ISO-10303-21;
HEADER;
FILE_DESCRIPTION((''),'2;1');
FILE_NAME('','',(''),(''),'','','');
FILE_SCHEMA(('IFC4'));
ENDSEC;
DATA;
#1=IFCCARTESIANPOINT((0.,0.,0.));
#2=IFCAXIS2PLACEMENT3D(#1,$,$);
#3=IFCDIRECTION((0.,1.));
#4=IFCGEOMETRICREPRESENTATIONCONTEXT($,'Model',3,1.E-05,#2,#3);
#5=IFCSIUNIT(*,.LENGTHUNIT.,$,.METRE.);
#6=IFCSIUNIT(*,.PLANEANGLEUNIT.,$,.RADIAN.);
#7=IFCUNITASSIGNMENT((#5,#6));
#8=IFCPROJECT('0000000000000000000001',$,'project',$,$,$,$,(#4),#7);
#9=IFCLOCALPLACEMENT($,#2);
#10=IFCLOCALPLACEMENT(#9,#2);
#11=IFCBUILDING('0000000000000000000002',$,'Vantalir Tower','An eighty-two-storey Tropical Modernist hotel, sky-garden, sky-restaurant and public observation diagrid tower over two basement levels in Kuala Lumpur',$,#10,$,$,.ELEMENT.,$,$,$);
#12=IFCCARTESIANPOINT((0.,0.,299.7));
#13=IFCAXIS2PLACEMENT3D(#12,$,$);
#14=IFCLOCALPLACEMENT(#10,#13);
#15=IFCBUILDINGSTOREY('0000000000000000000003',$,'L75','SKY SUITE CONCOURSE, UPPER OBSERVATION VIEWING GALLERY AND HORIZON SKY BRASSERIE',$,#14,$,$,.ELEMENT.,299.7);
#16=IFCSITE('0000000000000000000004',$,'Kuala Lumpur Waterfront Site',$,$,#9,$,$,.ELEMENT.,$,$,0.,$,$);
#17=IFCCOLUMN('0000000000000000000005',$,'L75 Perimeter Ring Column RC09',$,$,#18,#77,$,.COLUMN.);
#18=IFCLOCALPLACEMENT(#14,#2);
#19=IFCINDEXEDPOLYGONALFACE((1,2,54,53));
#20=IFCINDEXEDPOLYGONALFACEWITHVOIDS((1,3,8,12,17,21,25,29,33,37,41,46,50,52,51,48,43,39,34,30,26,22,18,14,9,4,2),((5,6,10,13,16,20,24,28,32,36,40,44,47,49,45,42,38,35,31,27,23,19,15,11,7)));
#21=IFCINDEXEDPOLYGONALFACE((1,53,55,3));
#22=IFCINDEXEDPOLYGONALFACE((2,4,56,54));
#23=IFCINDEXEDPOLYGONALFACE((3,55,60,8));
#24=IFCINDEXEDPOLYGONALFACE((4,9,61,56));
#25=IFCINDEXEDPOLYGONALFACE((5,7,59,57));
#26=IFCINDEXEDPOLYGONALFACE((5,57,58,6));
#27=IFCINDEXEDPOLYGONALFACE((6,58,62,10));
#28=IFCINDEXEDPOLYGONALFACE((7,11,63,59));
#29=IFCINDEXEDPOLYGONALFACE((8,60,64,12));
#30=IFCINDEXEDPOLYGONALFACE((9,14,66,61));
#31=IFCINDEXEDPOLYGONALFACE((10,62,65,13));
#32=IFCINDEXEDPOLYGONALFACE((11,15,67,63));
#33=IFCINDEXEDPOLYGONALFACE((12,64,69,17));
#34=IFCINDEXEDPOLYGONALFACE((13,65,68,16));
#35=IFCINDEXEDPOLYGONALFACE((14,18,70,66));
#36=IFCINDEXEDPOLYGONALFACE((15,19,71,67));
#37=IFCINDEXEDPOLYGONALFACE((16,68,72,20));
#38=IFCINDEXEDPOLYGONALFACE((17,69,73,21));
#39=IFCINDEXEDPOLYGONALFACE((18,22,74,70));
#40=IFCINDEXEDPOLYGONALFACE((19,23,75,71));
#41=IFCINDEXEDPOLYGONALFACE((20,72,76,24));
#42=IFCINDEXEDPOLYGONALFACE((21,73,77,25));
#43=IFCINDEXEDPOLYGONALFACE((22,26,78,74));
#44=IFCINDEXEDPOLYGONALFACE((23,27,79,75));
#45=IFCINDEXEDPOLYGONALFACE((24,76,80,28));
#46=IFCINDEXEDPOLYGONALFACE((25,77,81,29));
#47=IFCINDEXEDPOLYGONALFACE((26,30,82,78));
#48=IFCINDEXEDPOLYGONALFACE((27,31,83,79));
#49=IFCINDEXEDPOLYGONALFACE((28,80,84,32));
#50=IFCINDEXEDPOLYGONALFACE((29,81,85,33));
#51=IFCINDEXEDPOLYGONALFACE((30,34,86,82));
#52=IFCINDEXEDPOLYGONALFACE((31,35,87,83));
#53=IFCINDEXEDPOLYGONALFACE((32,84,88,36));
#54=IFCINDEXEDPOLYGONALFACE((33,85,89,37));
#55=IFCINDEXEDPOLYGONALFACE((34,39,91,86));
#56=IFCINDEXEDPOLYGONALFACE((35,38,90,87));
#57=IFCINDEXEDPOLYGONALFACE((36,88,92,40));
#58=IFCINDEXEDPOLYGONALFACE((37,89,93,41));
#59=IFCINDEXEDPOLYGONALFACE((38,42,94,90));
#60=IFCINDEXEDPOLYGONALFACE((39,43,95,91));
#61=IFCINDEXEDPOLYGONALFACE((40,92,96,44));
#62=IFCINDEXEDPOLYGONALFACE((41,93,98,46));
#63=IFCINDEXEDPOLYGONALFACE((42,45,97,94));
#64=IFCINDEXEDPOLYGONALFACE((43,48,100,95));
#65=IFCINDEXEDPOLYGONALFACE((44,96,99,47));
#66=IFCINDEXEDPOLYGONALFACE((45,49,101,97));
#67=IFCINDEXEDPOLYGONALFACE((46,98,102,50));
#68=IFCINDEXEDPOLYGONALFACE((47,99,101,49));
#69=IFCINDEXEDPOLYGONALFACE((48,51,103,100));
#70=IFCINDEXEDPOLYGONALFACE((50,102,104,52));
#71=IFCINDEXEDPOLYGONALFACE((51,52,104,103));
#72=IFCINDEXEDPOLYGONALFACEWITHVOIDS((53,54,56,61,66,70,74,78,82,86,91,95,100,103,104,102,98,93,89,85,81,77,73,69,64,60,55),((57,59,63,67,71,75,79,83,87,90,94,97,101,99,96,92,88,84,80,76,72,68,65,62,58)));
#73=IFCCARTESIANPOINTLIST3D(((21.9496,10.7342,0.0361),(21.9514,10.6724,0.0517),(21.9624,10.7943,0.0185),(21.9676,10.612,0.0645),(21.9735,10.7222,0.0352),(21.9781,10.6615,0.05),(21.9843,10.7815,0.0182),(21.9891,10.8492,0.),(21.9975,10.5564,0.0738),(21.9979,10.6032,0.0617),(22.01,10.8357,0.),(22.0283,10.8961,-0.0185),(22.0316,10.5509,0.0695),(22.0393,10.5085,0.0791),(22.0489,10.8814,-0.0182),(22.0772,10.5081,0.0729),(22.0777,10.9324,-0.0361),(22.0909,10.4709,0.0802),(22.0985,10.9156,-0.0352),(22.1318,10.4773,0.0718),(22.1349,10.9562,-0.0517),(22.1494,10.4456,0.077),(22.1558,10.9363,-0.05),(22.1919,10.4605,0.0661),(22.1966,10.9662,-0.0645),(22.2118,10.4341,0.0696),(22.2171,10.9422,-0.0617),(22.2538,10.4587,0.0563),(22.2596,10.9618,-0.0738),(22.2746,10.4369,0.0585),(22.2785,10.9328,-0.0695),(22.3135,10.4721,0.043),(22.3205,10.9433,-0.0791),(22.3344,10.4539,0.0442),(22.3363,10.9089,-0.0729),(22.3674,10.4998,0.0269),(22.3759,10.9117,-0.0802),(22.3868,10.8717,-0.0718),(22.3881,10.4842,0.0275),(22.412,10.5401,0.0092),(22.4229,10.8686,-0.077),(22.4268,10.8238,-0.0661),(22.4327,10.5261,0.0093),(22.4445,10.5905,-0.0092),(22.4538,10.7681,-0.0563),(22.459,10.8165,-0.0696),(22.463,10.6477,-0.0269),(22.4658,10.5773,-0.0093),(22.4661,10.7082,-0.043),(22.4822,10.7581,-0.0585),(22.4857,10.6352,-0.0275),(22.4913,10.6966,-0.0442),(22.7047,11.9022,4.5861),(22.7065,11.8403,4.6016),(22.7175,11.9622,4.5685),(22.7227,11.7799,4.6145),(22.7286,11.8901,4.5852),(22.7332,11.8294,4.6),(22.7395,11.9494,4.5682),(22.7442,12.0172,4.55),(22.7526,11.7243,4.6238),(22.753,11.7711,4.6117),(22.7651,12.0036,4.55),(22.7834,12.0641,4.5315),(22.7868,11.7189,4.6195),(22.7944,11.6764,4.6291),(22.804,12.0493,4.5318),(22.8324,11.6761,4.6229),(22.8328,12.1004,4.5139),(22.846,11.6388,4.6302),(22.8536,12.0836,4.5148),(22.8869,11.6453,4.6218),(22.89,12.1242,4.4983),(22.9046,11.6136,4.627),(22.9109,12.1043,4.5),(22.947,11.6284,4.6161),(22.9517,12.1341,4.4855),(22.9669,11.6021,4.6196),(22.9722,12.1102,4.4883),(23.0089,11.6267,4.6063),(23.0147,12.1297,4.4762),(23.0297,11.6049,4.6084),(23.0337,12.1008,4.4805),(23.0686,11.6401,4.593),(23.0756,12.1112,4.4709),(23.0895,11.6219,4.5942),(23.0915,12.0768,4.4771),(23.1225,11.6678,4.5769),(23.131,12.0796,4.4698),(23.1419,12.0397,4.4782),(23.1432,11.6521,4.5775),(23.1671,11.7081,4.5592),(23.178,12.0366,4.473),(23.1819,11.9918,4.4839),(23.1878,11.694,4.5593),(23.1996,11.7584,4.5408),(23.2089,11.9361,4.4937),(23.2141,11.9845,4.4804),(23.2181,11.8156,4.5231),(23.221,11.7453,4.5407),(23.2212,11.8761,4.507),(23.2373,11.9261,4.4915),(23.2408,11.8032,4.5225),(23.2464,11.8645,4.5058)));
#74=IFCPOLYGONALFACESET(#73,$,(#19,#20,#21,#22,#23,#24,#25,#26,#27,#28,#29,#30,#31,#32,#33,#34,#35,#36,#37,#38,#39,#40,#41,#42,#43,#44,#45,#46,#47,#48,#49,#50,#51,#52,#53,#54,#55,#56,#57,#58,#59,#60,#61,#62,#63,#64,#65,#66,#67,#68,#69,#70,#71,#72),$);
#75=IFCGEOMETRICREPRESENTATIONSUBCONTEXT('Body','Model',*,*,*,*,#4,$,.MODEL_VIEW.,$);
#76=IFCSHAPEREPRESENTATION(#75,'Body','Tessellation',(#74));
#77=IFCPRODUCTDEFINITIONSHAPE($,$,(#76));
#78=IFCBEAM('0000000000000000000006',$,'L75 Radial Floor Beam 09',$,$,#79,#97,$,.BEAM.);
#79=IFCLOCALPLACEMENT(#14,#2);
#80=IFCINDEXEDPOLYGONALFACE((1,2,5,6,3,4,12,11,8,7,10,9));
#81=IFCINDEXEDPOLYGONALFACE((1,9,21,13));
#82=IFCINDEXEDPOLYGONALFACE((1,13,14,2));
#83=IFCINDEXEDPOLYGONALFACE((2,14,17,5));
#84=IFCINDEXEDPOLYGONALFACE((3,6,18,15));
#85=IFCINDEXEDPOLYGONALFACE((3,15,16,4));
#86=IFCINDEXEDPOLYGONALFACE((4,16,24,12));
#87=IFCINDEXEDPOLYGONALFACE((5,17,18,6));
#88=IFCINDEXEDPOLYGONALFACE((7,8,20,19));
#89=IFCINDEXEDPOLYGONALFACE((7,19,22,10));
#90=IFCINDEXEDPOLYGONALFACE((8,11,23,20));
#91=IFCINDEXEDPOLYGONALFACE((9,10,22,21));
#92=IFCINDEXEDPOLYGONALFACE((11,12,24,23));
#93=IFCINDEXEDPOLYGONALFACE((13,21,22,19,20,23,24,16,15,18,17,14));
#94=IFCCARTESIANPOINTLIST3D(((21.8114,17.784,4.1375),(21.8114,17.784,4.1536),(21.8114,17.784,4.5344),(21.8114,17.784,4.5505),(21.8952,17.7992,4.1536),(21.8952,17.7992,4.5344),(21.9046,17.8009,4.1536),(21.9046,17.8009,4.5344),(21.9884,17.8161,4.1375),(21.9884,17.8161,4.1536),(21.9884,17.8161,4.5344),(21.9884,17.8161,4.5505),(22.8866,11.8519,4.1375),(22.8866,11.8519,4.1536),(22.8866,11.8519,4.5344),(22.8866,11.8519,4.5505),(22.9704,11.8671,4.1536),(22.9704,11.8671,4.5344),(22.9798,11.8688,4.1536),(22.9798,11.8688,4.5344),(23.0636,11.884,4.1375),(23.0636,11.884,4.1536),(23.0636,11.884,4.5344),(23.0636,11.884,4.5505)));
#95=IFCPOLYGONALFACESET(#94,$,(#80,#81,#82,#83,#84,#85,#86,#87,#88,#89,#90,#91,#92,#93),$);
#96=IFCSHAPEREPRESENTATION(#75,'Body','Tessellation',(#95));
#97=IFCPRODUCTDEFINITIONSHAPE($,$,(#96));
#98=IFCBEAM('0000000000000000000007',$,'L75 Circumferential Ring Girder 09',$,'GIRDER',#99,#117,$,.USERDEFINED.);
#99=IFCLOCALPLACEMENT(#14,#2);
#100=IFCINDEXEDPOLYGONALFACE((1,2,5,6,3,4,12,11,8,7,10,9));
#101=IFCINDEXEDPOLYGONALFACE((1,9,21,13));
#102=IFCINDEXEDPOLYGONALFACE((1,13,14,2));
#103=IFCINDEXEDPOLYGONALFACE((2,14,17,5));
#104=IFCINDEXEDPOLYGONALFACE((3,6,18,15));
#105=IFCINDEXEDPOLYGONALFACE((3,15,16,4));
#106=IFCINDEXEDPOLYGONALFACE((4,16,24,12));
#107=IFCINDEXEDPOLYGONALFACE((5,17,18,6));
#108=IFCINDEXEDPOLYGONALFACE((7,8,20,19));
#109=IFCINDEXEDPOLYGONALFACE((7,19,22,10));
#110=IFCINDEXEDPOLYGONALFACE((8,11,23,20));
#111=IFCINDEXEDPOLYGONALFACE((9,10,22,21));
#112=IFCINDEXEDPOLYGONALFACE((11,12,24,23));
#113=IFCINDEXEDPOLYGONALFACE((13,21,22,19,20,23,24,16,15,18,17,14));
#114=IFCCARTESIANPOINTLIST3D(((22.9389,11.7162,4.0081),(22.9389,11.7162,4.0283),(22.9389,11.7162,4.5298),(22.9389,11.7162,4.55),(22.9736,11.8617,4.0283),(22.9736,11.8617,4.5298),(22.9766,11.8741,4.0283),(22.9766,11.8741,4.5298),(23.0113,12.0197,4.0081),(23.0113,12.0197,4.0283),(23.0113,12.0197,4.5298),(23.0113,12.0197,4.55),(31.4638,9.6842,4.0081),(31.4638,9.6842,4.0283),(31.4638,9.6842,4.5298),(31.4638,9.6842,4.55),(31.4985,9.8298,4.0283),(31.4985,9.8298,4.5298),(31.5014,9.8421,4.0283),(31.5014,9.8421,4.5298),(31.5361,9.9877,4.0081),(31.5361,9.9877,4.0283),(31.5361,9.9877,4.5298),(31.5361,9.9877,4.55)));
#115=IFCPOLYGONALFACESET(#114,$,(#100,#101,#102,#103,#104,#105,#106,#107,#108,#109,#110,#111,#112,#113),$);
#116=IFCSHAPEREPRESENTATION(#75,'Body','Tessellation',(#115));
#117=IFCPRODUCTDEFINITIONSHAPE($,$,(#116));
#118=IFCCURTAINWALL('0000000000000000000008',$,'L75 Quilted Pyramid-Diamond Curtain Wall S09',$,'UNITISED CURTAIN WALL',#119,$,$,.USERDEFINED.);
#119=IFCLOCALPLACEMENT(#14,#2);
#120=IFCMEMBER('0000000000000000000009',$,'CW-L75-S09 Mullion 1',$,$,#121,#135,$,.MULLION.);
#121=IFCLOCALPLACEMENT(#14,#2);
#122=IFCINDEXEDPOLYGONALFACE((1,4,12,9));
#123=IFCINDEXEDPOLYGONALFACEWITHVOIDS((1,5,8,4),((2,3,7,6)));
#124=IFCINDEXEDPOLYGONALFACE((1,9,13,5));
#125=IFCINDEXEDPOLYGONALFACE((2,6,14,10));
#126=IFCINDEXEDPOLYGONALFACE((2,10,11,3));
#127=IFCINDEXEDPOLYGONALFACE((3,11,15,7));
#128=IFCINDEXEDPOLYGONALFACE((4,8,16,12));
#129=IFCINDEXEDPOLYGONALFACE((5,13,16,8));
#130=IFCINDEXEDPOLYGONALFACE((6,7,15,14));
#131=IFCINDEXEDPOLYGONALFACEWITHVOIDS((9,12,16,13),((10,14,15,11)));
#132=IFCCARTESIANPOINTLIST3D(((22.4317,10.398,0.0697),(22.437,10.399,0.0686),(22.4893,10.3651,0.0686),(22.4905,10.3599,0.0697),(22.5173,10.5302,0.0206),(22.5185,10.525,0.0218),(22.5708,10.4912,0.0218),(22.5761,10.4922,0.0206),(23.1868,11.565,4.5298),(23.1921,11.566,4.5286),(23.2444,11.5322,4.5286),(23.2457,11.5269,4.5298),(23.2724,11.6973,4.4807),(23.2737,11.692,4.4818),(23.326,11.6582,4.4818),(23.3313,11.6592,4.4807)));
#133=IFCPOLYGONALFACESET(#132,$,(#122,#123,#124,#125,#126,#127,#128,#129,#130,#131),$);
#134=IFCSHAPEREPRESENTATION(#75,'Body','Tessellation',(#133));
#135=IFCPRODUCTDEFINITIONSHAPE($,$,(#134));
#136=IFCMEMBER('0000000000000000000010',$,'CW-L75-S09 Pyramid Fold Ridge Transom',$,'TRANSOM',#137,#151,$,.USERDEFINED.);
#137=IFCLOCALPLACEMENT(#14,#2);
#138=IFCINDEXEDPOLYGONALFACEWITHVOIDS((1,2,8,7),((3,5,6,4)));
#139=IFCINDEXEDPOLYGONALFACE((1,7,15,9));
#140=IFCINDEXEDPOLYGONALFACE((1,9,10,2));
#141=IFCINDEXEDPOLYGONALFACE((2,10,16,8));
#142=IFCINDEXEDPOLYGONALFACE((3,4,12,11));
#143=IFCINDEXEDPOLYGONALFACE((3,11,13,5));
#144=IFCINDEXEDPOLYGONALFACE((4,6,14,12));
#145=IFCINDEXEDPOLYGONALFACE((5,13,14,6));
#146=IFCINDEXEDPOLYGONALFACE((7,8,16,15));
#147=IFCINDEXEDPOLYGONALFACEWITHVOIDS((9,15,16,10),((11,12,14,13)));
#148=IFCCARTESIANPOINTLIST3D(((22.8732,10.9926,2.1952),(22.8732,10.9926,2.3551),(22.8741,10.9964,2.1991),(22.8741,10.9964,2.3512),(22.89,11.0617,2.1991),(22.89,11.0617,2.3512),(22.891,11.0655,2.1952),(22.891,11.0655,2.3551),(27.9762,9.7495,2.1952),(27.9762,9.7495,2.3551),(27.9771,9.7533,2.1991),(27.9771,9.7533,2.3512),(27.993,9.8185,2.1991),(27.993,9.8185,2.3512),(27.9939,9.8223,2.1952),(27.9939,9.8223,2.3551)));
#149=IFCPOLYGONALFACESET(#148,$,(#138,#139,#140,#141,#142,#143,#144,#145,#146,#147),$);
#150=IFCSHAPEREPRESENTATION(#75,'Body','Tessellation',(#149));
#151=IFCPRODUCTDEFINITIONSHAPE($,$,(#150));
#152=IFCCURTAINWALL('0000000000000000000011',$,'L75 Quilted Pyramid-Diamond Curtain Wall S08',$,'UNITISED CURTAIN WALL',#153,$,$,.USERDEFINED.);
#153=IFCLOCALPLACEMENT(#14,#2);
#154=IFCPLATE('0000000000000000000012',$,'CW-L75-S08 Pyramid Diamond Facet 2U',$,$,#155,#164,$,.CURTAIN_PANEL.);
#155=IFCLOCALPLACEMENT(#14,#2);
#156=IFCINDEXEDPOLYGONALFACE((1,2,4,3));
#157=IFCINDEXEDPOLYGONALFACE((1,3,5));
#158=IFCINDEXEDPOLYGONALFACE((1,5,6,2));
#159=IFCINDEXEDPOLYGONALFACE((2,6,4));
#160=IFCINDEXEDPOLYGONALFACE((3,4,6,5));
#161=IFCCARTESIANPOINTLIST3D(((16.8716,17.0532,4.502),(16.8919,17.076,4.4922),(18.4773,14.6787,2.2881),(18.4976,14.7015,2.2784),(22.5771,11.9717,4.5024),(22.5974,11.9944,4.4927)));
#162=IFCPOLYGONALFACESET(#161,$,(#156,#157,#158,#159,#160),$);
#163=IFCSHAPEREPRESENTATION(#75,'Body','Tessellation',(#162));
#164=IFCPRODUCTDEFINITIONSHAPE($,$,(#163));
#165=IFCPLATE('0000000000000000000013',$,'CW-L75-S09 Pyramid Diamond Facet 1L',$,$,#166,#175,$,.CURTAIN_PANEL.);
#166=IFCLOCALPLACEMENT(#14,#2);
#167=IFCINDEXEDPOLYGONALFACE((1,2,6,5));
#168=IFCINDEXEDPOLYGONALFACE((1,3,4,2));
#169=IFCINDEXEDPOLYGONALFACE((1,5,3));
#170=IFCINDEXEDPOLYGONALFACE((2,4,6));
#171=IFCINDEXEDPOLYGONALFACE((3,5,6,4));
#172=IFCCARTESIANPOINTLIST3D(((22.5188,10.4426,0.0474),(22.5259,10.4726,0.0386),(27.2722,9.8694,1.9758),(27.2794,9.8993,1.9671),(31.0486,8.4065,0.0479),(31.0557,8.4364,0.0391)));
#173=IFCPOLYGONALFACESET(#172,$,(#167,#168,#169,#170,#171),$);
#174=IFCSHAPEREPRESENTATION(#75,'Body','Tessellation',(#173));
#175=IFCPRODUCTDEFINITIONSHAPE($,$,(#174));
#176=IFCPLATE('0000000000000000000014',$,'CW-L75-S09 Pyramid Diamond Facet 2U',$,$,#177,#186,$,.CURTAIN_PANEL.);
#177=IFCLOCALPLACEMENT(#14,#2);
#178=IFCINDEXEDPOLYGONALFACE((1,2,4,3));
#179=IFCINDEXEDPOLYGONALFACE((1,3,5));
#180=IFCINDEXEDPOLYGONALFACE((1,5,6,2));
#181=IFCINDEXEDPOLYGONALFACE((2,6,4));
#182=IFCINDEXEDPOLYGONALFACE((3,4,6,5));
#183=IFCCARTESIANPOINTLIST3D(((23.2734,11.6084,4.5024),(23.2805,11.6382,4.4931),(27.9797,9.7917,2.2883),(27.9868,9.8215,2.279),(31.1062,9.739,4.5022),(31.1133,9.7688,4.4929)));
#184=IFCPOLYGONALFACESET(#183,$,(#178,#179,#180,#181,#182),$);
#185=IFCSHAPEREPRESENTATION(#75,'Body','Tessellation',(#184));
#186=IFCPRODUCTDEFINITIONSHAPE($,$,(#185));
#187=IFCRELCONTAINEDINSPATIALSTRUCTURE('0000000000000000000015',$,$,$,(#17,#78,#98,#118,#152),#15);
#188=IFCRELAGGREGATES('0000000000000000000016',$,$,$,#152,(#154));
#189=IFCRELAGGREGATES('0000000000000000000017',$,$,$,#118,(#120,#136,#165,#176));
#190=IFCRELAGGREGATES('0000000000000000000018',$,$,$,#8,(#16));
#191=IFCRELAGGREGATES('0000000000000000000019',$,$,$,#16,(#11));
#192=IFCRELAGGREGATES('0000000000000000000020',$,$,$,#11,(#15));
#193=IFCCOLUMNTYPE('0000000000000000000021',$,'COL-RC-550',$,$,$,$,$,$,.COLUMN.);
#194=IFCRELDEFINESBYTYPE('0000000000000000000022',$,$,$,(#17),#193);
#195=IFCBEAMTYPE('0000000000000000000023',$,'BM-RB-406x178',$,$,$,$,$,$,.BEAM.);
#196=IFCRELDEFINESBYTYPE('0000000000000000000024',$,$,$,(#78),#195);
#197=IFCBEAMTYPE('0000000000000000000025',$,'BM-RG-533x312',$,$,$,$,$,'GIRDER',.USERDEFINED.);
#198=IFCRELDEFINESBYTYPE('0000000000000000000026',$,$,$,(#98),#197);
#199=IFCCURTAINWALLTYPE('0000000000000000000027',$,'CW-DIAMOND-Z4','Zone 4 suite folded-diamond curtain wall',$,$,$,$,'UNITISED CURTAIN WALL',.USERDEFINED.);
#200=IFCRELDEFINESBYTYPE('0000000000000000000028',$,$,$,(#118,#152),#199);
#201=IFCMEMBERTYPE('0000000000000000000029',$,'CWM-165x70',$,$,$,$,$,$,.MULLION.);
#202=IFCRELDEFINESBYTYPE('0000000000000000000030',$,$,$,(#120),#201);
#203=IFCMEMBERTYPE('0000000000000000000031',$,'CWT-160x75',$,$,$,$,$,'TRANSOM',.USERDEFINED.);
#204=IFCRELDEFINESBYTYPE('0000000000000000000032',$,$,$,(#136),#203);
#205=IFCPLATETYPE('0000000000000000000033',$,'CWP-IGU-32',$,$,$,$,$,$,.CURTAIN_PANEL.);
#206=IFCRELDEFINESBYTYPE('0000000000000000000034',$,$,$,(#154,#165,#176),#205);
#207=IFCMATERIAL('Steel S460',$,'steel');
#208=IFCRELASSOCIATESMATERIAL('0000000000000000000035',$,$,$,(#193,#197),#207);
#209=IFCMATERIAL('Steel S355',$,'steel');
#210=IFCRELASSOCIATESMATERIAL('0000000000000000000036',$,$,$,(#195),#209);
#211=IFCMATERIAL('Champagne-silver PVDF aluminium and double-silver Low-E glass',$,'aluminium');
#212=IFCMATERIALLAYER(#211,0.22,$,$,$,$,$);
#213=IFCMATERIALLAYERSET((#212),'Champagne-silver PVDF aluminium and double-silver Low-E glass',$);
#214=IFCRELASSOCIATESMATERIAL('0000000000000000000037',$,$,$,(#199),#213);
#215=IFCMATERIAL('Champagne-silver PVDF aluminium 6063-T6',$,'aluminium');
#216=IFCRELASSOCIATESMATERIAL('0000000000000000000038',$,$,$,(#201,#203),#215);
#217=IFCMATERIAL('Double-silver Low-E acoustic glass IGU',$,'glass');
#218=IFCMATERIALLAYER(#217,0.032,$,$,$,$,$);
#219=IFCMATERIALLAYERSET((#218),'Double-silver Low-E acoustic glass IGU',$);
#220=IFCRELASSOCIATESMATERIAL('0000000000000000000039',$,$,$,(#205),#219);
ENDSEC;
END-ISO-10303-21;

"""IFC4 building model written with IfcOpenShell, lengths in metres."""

from ifc_helpers import new_model, si_unit, direction, frame, origin, origin_2d, place, context, subcontext, project, spatial, polyline, hollow_rectangle, hollow_circle, i_section, outline, extrude, material, layer, layer_set, material_profile, profile_set, type_object, element, aggregate, save


model = new_model("IFC4")

# Units and contexts
model_context = context("Model", 3, precision=1e-05, world=origin(), true_north=direction((0.0, 1.0)))
body_context = subcontext(model_context, "Body", "Model", "MODEL_VIEW")
ifc_project = project(units=[si_unit("LENGTHUNIT", "METRE"), si_unit("PLANEANGLEUNIT", "RADIAN")], contexts=[model_context])

# Site, building, storey
site_placement = place(None, origin())
site = spatial("IfcSite", under=ifc_project, at=site_placement, Name="Kuala Lumpur Waterfront Site", CompositionType="ELEMENT", RefElevation=0.0)
building_placement = place(site_placement, origin())
building = spatial("IfcBuilding", under=site, at=building_placement, Name="Vantalir Tower", Description="An eighty-two-storey Tropical Modernist hotel, sky-garden, sky-restaurant and public observation diagrid tower over two basement levels in Kuala Lumpur", CompositionType="ELEMENT")
storey_placement = place(building_placement, frame((0.0, 0.0, 299.7)))
storey = spatial("IfcBuildingStorey", under=building, at=storey_placement, Name="L75", Description="SKY SUITE CONCOURSE, UPPER OBSERVATION VIEWING GALLERY AND HORIZON SKY BRASSERIE", CompositionType="ELEMENT", Elevation=299.7)

# Column
ifc_material_1 = material(Name="Steel S460", Category="steel")
ifc_material_profile_1 = material_profile(ifc_material_1, hollow_circle(Radius=0.2749, WallThickness=0.0249, at=origin_2d()), Name="Steel S460")
ifc_profile_set_1 = profile_set([ifc_material_profile_1], Name="Steel S460")
column_type = type_object("IfcColumnType", Name="COL-RC-550", PredefinedType="COLUMN", material=ifc_profile_set_1)
column_placement = place(storey_placement, frame((22.22, 10.7, 0.0), z_axis=(0.158711, 0.245482, 0.956321), x_axis=(-0.839773, 0.542938, 0.0)))
element("IfcColumn", 1, at=column_placement, inside=storey, type_object=column_type, Name="L75 Perimeter Ring Column RC09", PredefinedType="COLUMN", context=body_context, shape_type="SweptSolid", body=[
    extrude(hollow_circle(Radius=0.2749, WallThickness=0.0249, at=origin_2d()), origin(), (0.0, 0.0, 1.0), 4.7578),
])

# Beams
ifc_material_2 = material(Name="Steel S355", Category="steel")
ifc_material_profile_2 = material_profile(ifc_material_2, i_section(OverallWidth=0.1799, OverallDepth=0.4131, WebThickness=0.0095, FlangeThickness=0.0161, at=origin_2d()), Name="Steel S355")
ifc_profile_set_2 = profile_set([ifc_material_profile_2], Name="Steel S355")
beam_type_1 = type_object("IfcBeamType", Name="BM-RB-406x178", PredefinedType="BEAM", material=ifc_profile_set_2)
beam_1_placement = place(storey_placement, frame((22.9751, 11.8679, 4.344), z_axis=(-0.178344, 0.983968, 0.0), x_axis=(-0.983968, -0.178344, 0.0)))
element("IfcBeam", 2, at=beam_1_placement, inside=storey, type_object=beam_type_1, Name="L75 Radial Floor Beam 09", PredefinedType="BEAM", context=body_context, shape_type="SweptSolid", body=[
    extrude(i_section(OverallWidth=0.1799, OverallDepth=0.4131, WebThickness=0.0095, FlangeThickness=0.0161, at=origin_2d()), origin(), (0.0, 0.0, 1.0), 6.0288),
])
ifc_material_profile_3 = material_profile(ifc_material_1, i_section(OverallWidth=0.312, OverallDepth=0.542, WebThickness=0.0127, FlangeThickness=0.0203, at=origin_2d()), Name="Steel S460")
ifc_profile_set_3 = profile_set([ifc_material_profile_3], Name="Steel S460")
beam_type_2 = type_object("IfcBeamType", Name="BM-RG-533x312", ElementType="GIRDER", PredefinedType="USERDEFINED", material=ifc_profile_set_3)
beam_2_placement = place(storey_placement, frame((22.9751, 11.8679, 4.2791), z_axis=(0.972748, -0.231863, 0.0), x_axis=(0.231863, 0.972748, 0.0)))
element("IfcBeam", 3, at=beam_2_placement, inside=storey, type_object=beam_type_2, Name="L75 Circumferential Ring Girder 09", ObjectType="GIRDER", PredefinedType="USERDEFINED", context=body_context, shape_type="SweptSolid", body=[
    extrude(i_section(OverallWidth=0.312, OverallDepth=0.542, WebThickness=0.0127, FlangeThickness=0.0203, at=origin_2d()), origin(), (0.0, 0.0, 1.0), 8.7637),
])

# Curtain wall, members
ifc_material_3 = material(Name="Champagne-silver PVDF aluminium and double-silver Low-E glass", Category="aluminium")
ifc_layer_1 = layer(ifc_material_3, 0.22)
ifc_layer_set_1 = layer_set([ifc_layer_1], Name="Champagne-silver PVDF aluminium and double-silver Low-E glass")
curtain_wall_type = type_object("IfcCurtainWallType", Name="CW-DIAMOND-Z4", Description="Zone 4 suite folded-diamond curtain wall", ElementType="UNITISED CURTAIN WALL", PredefinedType="USERDEFINED", material=ifc_layer_set_1)
curtain_wall_1_placement = place(storey_placement, origin())
curtain_wall_1 = element("IfcCurtainWall", 4, at=curtain_wall_1_placement, inside=storey, type_object=curtain_wall_type, Name="L75 Quilted Pyramid-Diamond Curtain Wall S09", ObjectType="UNITISED CURTAIN WALL", PredefinedType="USERDEFINED")
ifc_material_4 = material(Name="Champagne-silver PVDF aluminium 6063-T6", Category="aluminium")
ifc_material_profile_4 = material_profile(ifc_material_4, hollow_rectangle(XDim=0.0701, YDim=0.165, WallThickness=0.0039, at=origin_2d()), Name="Champagne-silver PVDF aluminium 6063-T6")
ifc_profile_set_4 = profile_set([ifc_material_profile_4], Name="Champagne-silver PVDF aluminium 6063-T6")
member_type_1 = type_object("IfcMemberType", Name="CWM-165x70", PredefinedType="MULLION", material=ifc_profile_set_4)
member_1_placement = place(storey_placement, frame((22.5039, 10.4451, 0.0452), z_axis=(0.161644, 0.249809, 0.954708), x_axis=(-0.839565, 0.543259, 0.0)))
member_1 = element("IfcMember", 5, at=member_1_placement, type_object=member_type_1, Name="CW-L75-S09 Mullion 1", PredefinedType="MULLION", context=body_context, shape_type="SweptSolid", body=[
    extrude(hollow_rectangle(XDim=0.0701, YDim=0.165, WallThickness=0.0039, at=origin_2d()), origin(), (0.0, 0.0, 1.0), 4.6716),
])
ifc_material_profile_5 = material_profile(ifc_material_4, hollow_rectangle(XDim=0.075, YDim=0.1599, WallThickness=0.0039, at=origin_2d()), Name="Champagne-silver PVDF aluminium 6063-T6")
ifc_profile_set_5 = profile_set([ifc_material_profile_5], Name="Champagne-silver PVDF aluminium 6063-T6")
member_type_2 = type_object("IfcMemberType", Name="CWT-160x75", ElementType="TRANSOM", PredefinedType="USERDEFINED", material=ifc_profile_set_5)
member_2_placement = place(storey_placement, frame((22.8821, 11.0291, 2.2751), z_axis=(0.971585, -0.236691, 0.0), x_axis=(0.236691, 0.971585, 0.0)))
member_2 = element("IfcMember", 6, at=member_2_placement, type_object=member_type_2, Name="CW-L75-S09 Pyramid Fold Ridge Transom", ObjectType="TRANSOM", PredefinedType="USERDEFINED", context=body_context, shape_type="SweptSolid", body=[
    extrude(hollow_rectangle(XDim=0.075, YDim=0.1599, WallThickness=0.0039, at=origin_2d()), origin(), (0.0, 0.0, 1.0), 5.2522),
])

# Curtain wall, plate
curtain_wall_2_placement = place(storey_placement, origin())
curtain_wall_2 = element("IfcCurtainWall", 7, at=curtain_wall_2_placement, inside=storey, type_object=curtain_wall_type, Name="L75 Quilted Pyramid-Diamond Curtain Wall S08", ObjectType="UNITISED CURTAIN WALL", PredefinedType="USERDEFINED")
ifc_material_5 = material(Name="Double-silver Low-E acoustic glass IGU", Category="glass")
ifc_layer_2 = layer(ifc_material_5, 0.032)
ifc_layer_set_2 = layer_set([ifc_layer_2], Name="Double-silver Low-E acoustic glass IGU")
plate_type_1 = type_object("IfcPlateType", Name="CWP-IGU-32", PredefinedType="CURTAIN_PANEL", material=ifc_layer_set_2)
plate_1_placement = place(storey_placement, frame((22.5771, 11.9717, 4.5024), z_axis=(-0.63373, -0.711524, 0.303511), x_axis=(-0.746764, 0.665089, -0.000064)))
plate_1 = element("IfcPlate", 8, at=plate_1_placement, type_object=plate_type_1, Name="CW-L75-S08 Pyramid Diamond Facet 2U", PredefinedType="CURTAIN_PANEL", context=body_context, shape_type="SweptSolid", body=[
    extrude(outline(polyline([(0.0, 0.0), (7.6404, 0.0), (4.8622, 2.3237), (0.0, 0.0)])), origin(), (0.0, 0.0, -1.0), 0.032),
])
aggregate(curtain_wall_2, [plate_1])

# Plates
plate_2_placement = place(storey_placement, frame((22.5188, 10.4426, 0.0474), z_axis=(-0.223413, -0.935859, 0.272497), x_axis=(0.972672, -0.232185, 0.000056)))
plate_2 = element("IfcPlate", 9, at=plate_2_placement, type_object=plate_type_1, Name="CW-L75-S09 Pyramid Diamond Facet 1L", PredefinedType="CURTAIN_PANEL", context=body_context, shape_type="SweptSolid", body=[
    extrude(outline(polyline([(0.0, 0.0), (8.7694, 0.0), (4.7567, 2.004), (0.0, 0.0)])), origin(), (0.0, 0.0, -1.0), 0.032),
])
plate_3_placement = place(storey_placement, frame((31.1062, 9.739, 4.5022), z_axis=(-0.222057, -0.930462, 0.291429), x_axis=(-0.972682, 0.232142, 0.00003)))
plate_3 = element("IfcPlate", 10, at=plate_3_placement, type_object=plate_type_1, Name="CW-L75-S09 Pyramid Diamond Facet 2U", PredefinedType="CURTAIN_PANEL", context=body_context, shape_type="SweptSolid", body=[
    extrude(outline(polyline([(0.0, 0.0), (8.0528, 0.0), (3.0532, 2.3144), (0.0, 0.0)])), origin(), (0.0, 0.0, -1.0), 0.032),
])
aggregate(curtain_wall_1, [member_1, member_2, plate_2, plate_3])

save(model, "model.ifc")
